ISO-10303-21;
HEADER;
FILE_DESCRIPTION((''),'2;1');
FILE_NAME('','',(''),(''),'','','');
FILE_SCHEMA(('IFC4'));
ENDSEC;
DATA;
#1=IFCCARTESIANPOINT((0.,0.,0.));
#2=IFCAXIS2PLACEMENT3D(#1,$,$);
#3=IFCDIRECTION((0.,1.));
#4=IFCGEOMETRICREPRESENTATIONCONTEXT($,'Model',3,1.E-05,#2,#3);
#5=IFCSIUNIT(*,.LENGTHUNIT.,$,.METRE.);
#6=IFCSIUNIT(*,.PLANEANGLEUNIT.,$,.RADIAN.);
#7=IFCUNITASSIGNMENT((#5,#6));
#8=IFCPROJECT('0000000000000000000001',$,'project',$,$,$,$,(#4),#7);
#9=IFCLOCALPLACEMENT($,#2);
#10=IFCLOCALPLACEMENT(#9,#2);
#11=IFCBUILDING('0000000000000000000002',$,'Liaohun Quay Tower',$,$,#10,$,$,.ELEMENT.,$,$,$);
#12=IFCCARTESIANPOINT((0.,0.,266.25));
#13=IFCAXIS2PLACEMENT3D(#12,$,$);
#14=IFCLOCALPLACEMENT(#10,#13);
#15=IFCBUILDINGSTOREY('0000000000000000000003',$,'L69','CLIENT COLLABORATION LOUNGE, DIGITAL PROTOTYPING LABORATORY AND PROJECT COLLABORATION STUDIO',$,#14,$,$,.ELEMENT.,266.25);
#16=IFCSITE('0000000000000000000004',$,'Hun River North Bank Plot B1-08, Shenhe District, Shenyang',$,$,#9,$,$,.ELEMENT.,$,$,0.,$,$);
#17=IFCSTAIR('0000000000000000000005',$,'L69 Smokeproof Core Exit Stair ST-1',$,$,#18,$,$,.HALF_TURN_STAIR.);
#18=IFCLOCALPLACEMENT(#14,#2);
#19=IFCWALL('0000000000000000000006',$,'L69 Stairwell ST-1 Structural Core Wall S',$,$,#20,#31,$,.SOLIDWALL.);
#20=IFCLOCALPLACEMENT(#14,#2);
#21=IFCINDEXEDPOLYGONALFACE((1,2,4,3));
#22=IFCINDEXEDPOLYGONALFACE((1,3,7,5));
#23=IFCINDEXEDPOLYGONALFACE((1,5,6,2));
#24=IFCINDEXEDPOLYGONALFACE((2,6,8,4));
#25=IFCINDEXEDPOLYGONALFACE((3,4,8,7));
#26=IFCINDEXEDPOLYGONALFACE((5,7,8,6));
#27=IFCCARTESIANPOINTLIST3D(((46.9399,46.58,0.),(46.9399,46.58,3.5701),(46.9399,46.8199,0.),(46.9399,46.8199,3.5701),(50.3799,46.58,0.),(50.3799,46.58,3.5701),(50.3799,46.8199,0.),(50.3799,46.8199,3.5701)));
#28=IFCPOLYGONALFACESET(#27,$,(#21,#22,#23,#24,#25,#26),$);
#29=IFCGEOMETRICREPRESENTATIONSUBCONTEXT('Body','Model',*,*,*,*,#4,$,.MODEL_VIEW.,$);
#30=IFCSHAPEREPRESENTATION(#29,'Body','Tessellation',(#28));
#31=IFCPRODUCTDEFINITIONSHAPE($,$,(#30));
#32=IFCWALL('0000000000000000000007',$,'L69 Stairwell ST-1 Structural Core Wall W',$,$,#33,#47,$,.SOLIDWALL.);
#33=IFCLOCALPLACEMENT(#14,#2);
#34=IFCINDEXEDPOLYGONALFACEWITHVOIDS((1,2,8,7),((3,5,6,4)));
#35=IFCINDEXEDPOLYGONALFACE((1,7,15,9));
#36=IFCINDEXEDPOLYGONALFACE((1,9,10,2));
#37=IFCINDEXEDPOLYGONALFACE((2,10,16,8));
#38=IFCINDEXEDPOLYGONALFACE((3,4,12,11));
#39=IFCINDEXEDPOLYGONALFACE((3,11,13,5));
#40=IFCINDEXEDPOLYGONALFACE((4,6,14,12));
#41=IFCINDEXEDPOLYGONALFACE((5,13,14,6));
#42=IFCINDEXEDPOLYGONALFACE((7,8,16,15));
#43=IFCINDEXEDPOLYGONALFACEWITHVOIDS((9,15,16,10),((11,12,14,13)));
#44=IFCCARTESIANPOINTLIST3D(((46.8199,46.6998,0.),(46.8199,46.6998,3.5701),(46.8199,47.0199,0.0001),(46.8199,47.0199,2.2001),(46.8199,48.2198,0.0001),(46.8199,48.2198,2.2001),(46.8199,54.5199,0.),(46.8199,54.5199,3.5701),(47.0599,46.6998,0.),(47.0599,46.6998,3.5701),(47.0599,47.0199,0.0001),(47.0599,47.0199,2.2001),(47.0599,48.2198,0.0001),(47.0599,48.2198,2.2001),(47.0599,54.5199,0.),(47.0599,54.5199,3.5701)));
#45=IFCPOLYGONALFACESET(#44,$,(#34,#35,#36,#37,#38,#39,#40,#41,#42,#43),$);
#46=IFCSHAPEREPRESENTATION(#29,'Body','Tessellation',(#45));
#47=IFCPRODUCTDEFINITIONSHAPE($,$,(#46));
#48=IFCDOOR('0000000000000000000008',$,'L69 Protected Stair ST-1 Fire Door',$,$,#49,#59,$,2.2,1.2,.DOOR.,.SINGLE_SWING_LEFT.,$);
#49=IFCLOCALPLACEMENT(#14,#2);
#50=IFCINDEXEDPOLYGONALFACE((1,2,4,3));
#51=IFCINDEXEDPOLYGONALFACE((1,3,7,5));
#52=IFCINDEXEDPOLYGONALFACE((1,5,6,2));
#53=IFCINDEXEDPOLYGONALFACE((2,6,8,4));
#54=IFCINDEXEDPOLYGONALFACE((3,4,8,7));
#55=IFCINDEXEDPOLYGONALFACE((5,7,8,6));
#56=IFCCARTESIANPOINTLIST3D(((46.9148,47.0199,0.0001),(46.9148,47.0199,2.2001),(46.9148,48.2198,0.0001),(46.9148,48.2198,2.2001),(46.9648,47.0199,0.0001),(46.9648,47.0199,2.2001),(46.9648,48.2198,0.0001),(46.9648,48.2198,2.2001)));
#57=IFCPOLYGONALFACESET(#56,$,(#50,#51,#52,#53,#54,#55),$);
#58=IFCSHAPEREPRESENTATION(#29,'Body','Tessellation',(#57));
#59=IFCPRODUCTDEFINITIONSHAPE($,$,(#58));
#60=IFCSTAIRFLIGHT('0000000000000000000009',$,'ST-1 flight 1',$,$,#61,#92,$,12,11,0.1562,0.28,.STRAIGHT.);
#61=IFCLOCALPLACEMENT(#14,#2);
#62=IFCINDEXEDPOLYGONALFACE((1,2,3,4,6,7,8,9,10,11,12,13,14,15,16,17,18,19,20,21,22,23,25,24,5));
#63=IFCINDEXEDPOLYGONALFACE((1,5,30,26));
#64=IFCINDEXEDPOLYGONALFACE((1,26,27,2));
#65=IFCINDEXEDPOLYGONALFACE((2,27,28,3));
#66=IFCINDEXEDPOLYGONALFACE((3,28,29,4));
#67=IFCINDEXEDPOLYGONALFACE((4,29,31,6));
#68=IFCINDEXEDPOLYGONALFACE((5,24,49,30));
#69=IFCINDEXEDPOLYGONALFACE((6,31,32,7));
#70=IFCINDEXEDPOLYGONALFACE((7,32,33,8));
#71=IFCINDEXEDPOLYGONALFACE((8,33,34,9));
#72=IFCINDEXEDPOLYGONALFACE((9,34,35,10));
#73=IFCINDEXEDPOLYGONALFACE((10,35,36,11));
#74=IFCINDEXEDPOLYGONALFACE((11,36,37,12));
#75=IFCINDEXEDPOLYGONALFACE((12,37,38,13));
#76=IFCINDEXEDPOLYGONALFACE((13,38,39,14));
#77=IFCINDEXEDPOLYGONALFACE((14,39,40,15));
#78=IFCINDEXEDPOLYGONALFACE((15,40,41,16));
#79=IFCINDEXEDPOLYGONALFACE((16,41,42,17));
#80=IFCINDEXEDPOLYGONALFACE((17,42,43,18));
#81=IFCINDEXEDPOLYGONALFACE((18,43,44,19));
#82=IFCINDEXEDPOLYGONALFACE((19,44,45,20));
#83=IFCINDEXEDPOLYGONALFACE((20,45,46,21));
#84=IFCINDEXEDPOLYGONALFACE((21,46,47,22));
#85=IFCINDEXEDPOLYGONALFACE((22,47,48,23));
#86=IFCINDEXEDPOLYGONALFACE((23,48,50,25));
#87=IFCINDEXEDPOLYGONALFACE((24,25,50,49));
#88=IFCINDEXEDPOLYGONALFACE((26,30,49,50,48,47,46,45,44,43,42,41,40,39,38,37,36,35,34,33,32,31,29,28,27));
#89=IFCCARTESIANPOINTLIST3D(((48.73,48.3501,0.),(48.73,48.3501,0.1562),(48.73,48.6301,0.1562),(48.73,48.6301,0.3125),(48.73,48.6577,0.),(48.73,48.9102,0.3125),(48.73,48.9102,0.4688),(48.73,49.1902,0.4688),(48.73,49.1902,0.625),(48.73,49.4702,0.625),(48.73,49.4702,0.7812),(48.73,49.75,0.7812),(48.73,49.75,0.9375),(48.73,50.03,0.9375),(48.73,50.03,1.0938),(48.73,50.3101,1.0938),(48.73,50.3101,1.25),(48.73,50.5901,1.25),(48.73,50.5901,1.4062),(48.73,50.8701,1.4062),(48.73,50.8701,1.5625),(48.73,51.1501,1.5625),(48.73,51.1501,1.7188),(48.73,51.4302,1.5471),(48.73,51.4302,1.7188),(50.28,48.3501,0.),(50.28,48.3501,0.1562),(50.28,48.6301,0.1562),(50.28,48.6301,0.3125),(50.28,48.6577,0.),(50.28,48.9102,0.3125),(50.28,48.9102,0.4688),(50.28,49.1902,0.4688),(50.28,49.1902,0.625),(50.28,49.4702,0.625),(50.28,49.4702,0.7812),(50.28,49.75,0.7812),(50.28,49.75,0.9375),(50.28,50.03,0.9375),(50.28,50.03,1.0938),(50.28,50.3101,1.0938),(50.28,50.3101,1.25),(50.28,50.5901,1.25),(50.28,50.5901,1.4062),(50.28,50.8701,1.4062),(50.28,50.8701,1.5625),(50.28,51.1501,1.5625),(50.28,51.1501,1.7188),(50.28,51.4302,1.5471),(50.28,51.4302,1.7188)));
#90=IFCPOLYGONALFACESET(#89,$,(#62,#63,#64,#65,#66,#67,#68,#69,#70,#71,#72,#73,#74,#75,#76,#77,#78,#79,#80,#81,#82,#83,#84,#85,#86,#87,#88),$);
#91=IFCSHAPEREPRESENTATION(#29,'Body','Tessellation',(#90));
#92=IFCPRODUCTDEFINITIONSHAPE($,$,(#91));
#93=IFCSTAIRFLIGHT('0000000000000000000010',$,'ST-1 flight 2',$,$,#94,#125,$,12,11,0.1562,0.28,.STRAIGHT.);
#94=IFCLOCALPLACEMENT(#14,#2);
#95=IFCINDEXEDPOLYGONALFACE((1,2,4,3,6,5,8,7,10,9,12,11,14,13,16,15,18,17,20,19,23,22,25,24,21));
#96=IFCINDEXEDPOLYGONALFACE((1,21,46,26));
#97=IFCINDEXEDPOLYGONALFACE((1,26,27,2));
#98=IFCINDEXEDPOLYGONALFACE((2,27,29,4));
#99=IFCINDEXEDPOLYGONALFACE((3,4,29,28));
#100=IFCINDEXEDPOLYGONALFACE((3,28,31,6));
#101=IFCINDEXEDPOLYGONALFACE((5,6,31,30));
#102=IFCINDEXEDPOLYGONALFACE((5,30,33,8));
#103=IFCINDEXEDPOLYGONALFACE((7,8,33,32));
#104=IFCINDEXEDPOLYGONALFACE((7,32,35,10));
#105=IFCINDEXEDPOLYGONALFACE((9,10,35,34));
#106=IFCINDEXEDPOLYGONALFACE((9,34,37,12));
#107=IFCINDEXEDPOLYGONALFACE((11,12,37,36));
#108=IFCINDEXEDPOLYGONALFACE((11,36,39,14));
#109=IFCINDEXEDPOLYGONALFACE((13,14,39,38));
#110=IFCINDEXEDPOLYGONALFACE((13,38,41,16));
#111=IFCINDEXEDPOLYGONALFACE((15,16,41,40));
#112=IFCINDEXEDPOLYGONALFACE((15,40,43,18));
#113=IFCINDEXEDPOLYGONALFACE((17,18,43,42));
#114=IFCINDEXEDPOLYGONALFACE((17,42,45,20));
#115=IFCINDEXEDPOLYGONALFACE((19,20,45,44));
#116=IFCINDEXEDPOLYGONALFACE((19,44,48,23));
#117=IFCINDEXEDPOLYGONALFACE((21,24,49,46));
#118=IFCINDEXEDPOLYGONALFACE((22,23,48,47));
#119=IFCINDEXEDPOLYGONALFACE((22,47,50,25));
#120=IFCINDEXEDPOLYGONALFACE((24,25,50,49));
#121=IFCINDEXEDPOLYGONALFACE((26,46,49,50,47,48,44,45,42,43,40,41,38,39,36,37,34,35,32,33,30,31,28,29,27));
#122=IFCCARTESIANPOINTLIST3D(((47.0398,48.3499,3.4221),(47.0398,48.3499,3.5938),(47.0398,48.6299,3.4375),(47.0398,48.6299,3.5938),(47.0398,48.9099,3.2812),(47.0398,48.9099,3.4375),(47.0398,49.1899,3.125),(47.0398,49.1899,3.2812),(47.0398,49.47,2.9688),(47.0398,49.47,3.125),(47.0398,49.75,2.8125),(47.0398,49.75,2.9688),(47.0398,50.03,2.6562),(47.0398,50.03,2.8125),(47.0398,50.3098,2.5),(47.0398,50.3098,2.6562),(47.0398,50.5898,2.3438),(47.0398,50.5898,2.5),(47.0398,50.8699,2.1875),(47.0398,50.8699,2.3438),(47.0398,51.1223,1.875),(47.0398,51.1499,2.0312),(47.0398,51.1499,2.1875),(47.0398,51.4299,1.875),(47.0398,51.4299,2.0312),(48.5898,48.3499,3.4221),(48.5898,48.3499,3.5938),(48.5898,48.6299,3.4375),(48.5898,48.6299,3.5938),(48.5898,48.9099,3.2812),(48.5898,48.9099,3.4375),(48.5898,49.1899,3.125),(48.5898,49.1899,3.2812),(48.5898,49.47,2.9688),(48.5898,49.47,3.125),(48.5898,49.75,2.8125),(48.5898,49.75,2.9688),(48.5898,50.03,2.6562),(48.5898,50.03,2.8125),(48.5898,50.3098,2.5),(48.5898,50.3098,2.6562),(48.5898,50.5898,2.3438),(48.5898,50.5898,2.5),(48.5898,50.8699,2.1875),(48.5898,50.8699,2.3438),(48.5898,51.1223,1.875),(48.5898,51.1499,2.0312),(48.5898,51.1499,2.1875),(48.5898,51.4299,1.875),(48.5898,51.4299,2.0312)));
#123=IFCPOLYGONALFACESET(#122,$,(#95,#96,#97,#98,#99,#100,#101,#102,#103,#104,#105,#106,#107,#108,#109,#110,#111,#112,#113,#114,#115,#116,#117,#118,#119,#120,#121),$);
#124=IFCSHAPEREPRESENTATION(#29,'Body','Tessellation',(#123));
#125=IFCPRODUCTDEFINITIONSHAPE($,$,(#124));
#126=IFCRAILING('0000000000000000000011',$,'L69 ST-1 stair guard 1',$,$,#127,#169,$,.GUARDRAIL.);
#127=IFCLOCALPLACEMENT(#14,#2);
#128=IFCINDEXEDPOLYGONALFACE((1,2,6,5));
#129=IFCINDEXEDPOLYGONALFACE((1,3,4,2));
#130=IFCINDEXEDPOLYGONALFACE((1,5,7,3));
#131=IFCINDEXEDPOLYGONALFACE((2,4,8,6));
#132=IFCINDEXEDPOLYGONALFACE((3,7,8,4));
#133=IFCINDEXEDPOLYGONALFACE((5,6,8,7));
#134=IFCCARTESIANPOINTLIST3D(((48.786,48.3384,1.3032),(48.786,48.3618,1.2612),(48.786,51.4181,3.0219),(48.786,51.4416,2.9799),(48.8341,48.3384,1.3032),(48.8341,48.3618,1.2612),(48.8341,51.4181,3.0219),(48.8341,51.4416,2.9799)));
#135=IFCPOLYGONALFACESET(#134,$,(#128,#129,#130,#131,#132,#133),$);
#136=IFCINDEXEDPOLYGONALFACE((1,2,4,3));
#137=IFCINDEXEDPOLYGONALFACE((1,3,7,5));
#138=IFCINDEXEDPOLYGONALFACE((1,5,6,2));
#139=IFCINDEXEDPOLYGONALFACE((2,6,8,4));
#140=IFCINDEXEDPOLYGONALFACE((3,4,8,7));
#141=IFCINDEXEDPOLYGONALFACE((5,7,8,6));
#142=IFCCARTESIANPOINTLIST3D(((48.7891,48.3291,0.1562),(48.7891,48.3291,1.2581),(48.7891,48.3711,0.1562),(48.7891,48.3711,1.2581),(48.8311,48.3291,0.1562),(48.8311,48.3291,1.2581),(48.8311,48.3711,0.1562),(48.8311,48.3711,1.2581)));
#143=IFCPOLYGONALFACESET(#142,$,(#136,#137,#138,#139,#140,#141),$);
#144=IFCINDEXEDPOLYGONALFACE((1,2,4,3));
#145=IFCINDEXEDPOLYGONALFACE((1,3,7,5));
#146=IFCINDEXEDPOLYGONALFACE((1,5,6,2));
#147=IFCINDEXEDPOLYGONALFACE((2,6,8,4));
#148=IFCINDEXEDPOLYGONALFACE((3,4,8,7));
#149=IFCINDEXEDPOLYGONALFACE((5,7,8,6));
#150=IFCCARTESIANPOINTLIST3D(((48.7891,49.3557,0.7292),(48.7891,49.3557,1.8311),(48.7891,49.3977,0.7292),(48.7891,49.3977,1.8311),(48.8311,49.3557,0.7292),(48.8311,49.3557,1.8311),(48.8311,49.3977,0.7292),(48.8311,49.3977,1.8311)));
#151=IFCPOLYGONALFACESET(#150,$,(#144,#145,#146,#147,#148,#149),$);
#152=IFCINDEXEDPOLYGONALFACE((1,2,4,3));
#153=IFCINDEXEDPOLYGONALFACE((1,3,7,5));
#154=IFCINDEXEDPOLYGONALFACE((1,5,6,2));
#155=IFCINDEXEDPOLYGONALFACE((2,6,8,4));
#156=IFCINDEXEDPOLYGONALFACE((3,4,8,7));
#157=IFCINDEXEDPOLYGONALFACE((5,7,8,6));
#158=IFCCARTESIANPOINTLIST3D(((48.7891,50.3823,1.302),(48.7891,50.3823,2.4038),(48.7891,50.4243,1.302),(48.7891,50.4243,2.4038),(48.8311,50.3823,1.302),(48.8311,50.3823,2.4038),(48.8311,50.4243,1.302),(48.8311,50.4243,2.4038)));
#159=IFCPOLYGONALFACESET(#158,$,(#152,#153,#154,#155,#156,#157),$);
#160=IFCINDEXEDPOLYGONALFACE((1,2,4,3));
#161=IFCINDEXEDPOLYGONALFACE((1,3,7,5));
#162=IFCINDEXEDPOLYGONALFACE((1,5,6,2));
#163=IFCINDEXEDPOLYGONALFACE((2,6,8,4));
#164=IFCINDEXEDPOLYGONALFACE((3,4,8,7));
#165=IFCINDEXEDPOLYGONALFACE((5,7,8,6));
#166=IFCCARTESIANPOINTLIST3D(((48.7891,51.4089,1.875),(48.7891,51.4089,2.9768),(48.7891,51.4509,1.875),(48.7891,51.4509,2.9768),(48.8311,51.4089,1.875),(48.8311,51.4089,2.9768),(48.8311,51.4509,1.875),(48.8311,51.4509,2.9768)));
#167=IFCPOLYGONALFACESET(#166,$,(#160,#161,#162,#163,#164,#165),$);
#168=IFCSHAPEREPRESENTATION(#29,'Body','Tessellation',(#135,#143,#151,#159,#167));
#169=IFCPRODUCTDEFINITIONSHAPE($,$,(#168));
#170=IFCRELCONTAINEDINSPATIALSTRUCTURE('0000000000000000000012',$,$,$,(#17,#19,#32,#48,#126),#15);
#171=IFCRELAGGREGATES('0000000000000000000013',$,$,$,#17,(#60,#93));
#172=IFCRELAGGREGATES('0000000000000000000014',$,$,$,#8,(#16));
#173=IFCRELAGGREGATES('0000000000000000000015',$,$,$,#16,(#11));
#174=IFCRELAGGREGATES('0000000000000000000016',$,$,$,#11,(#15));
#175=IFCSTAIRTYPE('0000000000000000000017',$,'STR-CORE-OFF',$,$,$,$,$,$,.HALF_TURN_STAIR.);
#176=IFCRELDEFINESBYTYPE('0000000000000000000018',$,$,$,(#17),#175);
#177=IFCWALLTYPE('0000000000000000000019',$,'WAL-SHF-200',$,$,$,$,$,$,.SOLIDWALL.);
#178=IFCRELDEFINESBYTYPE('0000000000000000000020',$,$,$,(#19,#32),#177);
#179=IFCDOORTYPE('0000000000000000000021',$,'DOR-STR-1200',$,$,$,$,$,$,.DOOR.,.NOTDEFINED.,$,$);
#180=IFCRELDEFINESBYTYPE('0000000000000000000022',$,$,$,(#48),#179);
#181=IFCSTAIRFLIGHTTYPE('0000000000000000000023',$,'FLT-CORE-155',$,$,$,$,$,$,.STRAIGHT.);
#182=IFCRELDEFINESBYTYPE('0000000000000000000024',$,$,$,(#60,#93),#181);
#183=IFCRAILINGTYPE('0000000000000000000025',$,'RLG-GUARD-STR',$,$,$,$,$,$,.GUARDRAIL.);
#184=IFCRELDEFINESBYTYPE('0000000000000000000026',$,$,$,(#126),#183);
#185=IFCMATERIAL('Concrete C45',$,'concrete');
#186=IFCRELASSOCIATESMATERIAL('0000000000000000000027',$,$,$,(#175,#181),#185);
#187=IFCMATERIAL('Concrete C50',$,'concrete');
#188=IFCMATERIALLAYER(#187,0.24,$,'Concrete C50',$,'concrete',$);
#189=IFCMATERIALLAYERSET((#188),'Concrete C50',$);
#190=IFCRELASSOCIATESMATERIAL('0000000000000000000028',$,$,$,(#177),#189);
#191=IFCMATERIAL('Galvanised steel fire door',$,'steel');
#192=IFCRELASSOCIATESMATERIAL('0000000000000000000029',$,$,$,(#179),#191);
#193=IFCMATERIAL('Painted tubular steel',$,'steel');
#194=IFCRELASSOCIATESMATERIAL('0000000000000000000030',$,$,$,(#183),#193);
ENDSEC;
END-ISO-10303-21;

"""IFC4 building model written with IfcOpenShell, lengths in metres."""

from ifc_helpers import new_model, si_unit, direction, frame, frame_2d, origin, origin_2d, place, context, subcontext, project, spatial, polyline, rectangle, outline, extrude, source, transform, mapped, material, layer, layer_set, type_object, element, fill, aggregate, save


model = new_model("IFC4")

# Units and contexts
model_context = context("Model", 3, precision=1e-05, world=origin(), true_north=direction((0.0, 1.0)))
body_context = subcontext(model_context, "Body", "Model", "MODEL_VIEW")
ifc_project = project(units=[si_unit("LENGTHUNIT", "METRE"), si_unit("PLANEANGLEUNIT", "RADIAN")], contexts=[model_context])

# Site, building, storey
site_placement = place(None, origin())
site = spatial("IfcSite", under=ifc_project, at=site_placement, Name="Hun River North Bank Plot B1-08, Shenhe District, Shenyang", CompositionType="ELEMENT", RefElevation=0.0)
building_placement = place(site_placement, origin())
building = spatial("IfcBuilding", under=site, at=building_placement, Name="Liaohun Quay Tower", CompositionType="ELEMENT")
storey_placement = place(building_placement, frame((0.0, 0.0, 266.25)))
storey = spatial("IfcBuildingStorey", under=building, at=storey_placement, Name="L69", Description="CLIENT COLLABORATION LOUNGE, DIGITAL PROTOTYPING LABORATORY AND PROJECT COLLABORATION STUDIO", CompositionType="ELEMENT", Elevation=266.25)

# Stair
ifc_material_1 = material(Name="Concrete C45", Category="concrete")
stair_type = type_object("IfcStairType", Name="STR-CORE-OFF", PredefinedType="HALF_TURN_STAIR", material=ifc_material_1)
stair_1_placement = place(storey_placement, origin())
stair_1 = element("IfcStair", 1, at=stair_1_placement, inside=storey, type_object=stair_type, Name="L69 Smokeproof Core Exit Stair ST-1", PredefinedType="HALF_TURN_STAIR")

# Wall
ifc_material_2 = material(Name="Concrete C50", Category="concrete")
ifc_layer_1 = layer(ifc_material_2, 0.24, Name="Concrete C50", Category="concrete")
ifc_layer_set_1 = layer_set([ifc_layer_1], Name="Concrete C50")
wall_type_1 = type_object("IfcWallType", Name="WAL-SHF-200", PredefinedType="SOLIDWALL", material=ifc_layer_set_1)
wall_1_placement = place(storey_placement, frame((46.9399, 46.7, 0.0), z_axis=(0.0, 0.0, 1.0), x_axis=(1.0, 0.0, 0.0)))
element("IfcWall", 2, at=wall_1_placement, inside=storey, type_object=wall_type_1, Name="L69 Stairwell ST-1 Structural Core Wall S", PredefinedType="SOLIDWALL", context=body_context, shape_type="SweptSolid", body=[
    extrude(rectangle(XDim=3.4399, YDim=0.24, at=frame_2d((1.72, 0.0))), origin(), (0.0, 0.0, 1.0), 3.5701),
])

# Wall, opening, door
wall_2_placement = place(storey_placement, frame((46.9399, 54.52, 0.0), z_axis=(0.0, 0.0, 1.0), x_axis=(0.0, -1.0, 0.0)))
wall_2 = element("IfcWall", 3, at=wall_2_placement, inside=storey, type_object=wall_type_1, Name="L69 Stairwell ST-1 Structural Core Wall W", PredefinedType="SOLIDWALL", context=body_context, shape_type="SweptSolid", body=[
    extrude(rectangle(XDim=7.8201, YDim=0.24, at=frame_2d((3.9102, 0.0))), origin(), (0.0, 0.0, 1.0), 3.5701),
])
shared_shape_1 = source(origin(), body_context, "Body", "SweptSolid", [
    extrude(rectangle(XDim=1.2, YDim=2.2, at=frame_2d((0.6001, 1.1001))), frame((0.0, 0.1299, 0.0), z_axis=(0.0, -1.0, 0.0), x_axis=(1.0, 0.0, 0.0)), (0.0, 0.0, 1.0), 0.26),
])
opening_1_placement = place(wall_2_placement, frame((6.3, 0.0, 0.0)))
opening_1 = element("IfcOpeningElement", 4, at=opening_1_placement, cuts=wall_2, PredefinedType="OPENING", context=body_context, shape_type="MappedRepresentation", body=[
    mapped(shared_shape_1, transform((0.0, 0.0, 0.0), x_axis=(1.0, 0.0, 0.0), y_axis=(0.0, 1.0, 0.0), z_axis=(0.0, 0.0, 1.0), scale=1.0)),
])
ifc_material_3 = material(Name="Galvanised steel fire door", Category="steel")
door_type_1 = type_object("IfcDoorType", Name="DOR-STR-1200", OperationType="NOTDEFINED", PredefinedType="DOOR", material=ifc_material_3)
shared_shape_2 = source(origin(), body_context, "Body", "SweptSolid", [
    extrude(rectangle(XDim=1.2, YDim=2.2, at=frame_2d((0.6001, 1.1001))), frame((0.0, 0.0249, 0.0), z_axis=(0.0, -1.0, 0.0), x_axis=(1.0, 0.0, 0.0)), (0.0, 0.0, 1.0), 0.05),
])
door_1_placement = place(opening_1_placement, origin())
door_1 = element("IfcDoor", 5, at=door_1_placement, inside=storey, type_object=door_type_1, Name="L69 Protected Stair ST-1 Fire Door", OperationType="SINGLE_SWING_LEFT", OverallHeight=2.2, OverallWidth=1.2, PredefinedType="DOOR", context=body_context, shape_type="MappedRepresentation", body=[
    mapped(shared_shape_2, transform((0.0, 0.0, 0.0), x_axis=(1.0, 0.0, 0.0), y_axis=(0.0, 1.0, 0.0), z_axis=(0.0, 0.0, 1.0), scale=1.0)),
])
fill(opening_1, door_1)

# Stair flights
stair_flight_type = type_object("IfcStairFlightType", Name="FLT-CORE-155", PredefinedType="STRAIGHT", material=ifc_material_1)
stair_flight_1_placement = place(storey_placement, frame((49.5049, 48.3501, 0.0), z_axis=(0.0, 0.0, 1.0), x_axis=(0.0, 1.0, 0.0)))
stair_flight_1 = element("IfcStairFlight", 6, at=stair_flight_1_placement, type_object=stair_flight_type, Name="ST-1 flight 1", NumberOfRisers=12, NumberOfTreads=11, PredefinedType="STRAIGHT", RiserHeight=0.1562, TreadLength=0.28, context=body_context, shape_type="SweptSolid", body=[
    extrude(outline(polyline([(0.0, 0.0), (0.0, 0.1562), (0.28, 0.1562), (0.28, 0.3125), (0.5601, 0.3125), (0.5601, 0.4688), (0.8401, 0.4688), (0.8401, 0.625), (1.1201, 0.625), (1.1201, 0.7812), (1.3999, 0.7812), (1.3999, 0.9375), (1.6799, 0.9375), (1.6799, 1.0938), (1.96, 1.0938), (1.96, 1.25), (2.24, 1.25), (2.24, 1.4062), (2.52, 1.4062), (2.52, 1.5625), (2.8, 1.5625), (2.8, 1.7188), (3.0801, 1.7188), (3.0801, 1.875), (3.0801, 1.5471), (0.3076, 0.0), (0.0, 0.0)])), frame((0.0, 0.7749, 0.0), z_axis=(0.0, -1.0, 0.0), x_axis=(1.0, 0.0, 0.0)), (0.0, 0.0, 1.0), 1.55),
])
stair_flight_2_placement = place(storey_placement, frame((47.8149, 51.4299, 1.875), z_axis=(0.0, 0.0, 1.0), x_axis=(0.0, -1.0, 0.0)))
stair_flight_2 = element("IfcStairFlight", 7, at=stair_flight_2_placement, type_object=stair_flight_type, Name="ST-1 flight 2", NumberOfRisers=12, NumberOfTreads=11, PredefinedType="STRAIGHT", RiserHeight=0.1562, TreadLength=0.28, context=body_context, shape_type="SweptSolid", body=[
    extrude(outline(polyline([(0.0, 0.0), (0.0, 0.1562), (0.28, 0.1562), (0.28, 0.3125), (0.5601, 0.3125), (0.5601, 0.4688), (0.8401, 0.4688), (0.8401, 0.625), (1.1201, 0.625), (1.1201, 0.7812), (1.3999, 0.7812), (1.3999, 0.9375), (1.6799, 0.9375), (1.6799, 1.0938), (1.96, 1.0938), (1.96, 1.25), (2.24, 1.25), (2.24, 1.4062), (2.52, 1.4062), (2.52, 1.5625), (2.8, 1.5625), (2.8, 1.7188), (3.0801, 1.7188), (3.0801, 1.875), (3.0801, 1.5471), (0.3076, 0.0), (0.0, 0.0)])), frame((0.0, 0.7749, 0.0), z_axis=(0.0, -1.0, 0.0), x_axis=(1.0, 0.0, 0.0)), (0.0, 0.0, 1.0), 1.55),
])
aggregate(stair_1, [stair_flight_1, stair_flight_2])

# Railing
ifc_material_4 = material(Name="Painted tubular steel", Category="steel")
railing_type_1 = type_object("IfcRailingType", Name="RLG-GUARD-STR", PredefinedType="GUARDRAIL", material=ifc_material_4)
railing_1_placement = place(storey_placement, frame((48.8101, 48.3501, 0.1562)))
element("IfcRailing", 8, at=railing_1_placement, inside=storey, type_object=railing_type_1, Name="L69 ST-1 stair guard 1", PredefinedType="GUARDRAIL", context=body_context, shape_type="SweptSolid", body=[
    extrude(rectangle(XDim=0.0481, YDim=0.0481, at=origin_2d()), frame((0.0, 0.0, 1.126), z_axis=(0.0, 0.873225, 0.487317), x_axis=(-1.0, 0.0, 0.0)), (0.0, 0.0, 1.0), 3.5269),
    extrude(rectangle(XDim=0.042, YDim=0.042, at=origin_2d()), origin(), (0.0, 0.0, 1.0), 1.1018),
    extrude(rectangle(XDim=0.042, YDim=0.042, at=origin_2d()), frame((0.0, 1.0266, 0.573)), (0.0, 0.0, 1.0), 1.1018),
    extrude(rectangle(XDim=0.042, YDim=0.042, at=origin_2d()), frame((0.0, 2.0532, 1.1458)), (0.0, 0.0, 1.0), 1.1018),
    extrude(rectangle(XDim=0.042, YDim=0.042, at=origin_2d()), frame((0.0, 3.0798, 1.7188)), (0.0, 0.0, 1.0), 1.1018),
])

save(model, "model.ifc")
